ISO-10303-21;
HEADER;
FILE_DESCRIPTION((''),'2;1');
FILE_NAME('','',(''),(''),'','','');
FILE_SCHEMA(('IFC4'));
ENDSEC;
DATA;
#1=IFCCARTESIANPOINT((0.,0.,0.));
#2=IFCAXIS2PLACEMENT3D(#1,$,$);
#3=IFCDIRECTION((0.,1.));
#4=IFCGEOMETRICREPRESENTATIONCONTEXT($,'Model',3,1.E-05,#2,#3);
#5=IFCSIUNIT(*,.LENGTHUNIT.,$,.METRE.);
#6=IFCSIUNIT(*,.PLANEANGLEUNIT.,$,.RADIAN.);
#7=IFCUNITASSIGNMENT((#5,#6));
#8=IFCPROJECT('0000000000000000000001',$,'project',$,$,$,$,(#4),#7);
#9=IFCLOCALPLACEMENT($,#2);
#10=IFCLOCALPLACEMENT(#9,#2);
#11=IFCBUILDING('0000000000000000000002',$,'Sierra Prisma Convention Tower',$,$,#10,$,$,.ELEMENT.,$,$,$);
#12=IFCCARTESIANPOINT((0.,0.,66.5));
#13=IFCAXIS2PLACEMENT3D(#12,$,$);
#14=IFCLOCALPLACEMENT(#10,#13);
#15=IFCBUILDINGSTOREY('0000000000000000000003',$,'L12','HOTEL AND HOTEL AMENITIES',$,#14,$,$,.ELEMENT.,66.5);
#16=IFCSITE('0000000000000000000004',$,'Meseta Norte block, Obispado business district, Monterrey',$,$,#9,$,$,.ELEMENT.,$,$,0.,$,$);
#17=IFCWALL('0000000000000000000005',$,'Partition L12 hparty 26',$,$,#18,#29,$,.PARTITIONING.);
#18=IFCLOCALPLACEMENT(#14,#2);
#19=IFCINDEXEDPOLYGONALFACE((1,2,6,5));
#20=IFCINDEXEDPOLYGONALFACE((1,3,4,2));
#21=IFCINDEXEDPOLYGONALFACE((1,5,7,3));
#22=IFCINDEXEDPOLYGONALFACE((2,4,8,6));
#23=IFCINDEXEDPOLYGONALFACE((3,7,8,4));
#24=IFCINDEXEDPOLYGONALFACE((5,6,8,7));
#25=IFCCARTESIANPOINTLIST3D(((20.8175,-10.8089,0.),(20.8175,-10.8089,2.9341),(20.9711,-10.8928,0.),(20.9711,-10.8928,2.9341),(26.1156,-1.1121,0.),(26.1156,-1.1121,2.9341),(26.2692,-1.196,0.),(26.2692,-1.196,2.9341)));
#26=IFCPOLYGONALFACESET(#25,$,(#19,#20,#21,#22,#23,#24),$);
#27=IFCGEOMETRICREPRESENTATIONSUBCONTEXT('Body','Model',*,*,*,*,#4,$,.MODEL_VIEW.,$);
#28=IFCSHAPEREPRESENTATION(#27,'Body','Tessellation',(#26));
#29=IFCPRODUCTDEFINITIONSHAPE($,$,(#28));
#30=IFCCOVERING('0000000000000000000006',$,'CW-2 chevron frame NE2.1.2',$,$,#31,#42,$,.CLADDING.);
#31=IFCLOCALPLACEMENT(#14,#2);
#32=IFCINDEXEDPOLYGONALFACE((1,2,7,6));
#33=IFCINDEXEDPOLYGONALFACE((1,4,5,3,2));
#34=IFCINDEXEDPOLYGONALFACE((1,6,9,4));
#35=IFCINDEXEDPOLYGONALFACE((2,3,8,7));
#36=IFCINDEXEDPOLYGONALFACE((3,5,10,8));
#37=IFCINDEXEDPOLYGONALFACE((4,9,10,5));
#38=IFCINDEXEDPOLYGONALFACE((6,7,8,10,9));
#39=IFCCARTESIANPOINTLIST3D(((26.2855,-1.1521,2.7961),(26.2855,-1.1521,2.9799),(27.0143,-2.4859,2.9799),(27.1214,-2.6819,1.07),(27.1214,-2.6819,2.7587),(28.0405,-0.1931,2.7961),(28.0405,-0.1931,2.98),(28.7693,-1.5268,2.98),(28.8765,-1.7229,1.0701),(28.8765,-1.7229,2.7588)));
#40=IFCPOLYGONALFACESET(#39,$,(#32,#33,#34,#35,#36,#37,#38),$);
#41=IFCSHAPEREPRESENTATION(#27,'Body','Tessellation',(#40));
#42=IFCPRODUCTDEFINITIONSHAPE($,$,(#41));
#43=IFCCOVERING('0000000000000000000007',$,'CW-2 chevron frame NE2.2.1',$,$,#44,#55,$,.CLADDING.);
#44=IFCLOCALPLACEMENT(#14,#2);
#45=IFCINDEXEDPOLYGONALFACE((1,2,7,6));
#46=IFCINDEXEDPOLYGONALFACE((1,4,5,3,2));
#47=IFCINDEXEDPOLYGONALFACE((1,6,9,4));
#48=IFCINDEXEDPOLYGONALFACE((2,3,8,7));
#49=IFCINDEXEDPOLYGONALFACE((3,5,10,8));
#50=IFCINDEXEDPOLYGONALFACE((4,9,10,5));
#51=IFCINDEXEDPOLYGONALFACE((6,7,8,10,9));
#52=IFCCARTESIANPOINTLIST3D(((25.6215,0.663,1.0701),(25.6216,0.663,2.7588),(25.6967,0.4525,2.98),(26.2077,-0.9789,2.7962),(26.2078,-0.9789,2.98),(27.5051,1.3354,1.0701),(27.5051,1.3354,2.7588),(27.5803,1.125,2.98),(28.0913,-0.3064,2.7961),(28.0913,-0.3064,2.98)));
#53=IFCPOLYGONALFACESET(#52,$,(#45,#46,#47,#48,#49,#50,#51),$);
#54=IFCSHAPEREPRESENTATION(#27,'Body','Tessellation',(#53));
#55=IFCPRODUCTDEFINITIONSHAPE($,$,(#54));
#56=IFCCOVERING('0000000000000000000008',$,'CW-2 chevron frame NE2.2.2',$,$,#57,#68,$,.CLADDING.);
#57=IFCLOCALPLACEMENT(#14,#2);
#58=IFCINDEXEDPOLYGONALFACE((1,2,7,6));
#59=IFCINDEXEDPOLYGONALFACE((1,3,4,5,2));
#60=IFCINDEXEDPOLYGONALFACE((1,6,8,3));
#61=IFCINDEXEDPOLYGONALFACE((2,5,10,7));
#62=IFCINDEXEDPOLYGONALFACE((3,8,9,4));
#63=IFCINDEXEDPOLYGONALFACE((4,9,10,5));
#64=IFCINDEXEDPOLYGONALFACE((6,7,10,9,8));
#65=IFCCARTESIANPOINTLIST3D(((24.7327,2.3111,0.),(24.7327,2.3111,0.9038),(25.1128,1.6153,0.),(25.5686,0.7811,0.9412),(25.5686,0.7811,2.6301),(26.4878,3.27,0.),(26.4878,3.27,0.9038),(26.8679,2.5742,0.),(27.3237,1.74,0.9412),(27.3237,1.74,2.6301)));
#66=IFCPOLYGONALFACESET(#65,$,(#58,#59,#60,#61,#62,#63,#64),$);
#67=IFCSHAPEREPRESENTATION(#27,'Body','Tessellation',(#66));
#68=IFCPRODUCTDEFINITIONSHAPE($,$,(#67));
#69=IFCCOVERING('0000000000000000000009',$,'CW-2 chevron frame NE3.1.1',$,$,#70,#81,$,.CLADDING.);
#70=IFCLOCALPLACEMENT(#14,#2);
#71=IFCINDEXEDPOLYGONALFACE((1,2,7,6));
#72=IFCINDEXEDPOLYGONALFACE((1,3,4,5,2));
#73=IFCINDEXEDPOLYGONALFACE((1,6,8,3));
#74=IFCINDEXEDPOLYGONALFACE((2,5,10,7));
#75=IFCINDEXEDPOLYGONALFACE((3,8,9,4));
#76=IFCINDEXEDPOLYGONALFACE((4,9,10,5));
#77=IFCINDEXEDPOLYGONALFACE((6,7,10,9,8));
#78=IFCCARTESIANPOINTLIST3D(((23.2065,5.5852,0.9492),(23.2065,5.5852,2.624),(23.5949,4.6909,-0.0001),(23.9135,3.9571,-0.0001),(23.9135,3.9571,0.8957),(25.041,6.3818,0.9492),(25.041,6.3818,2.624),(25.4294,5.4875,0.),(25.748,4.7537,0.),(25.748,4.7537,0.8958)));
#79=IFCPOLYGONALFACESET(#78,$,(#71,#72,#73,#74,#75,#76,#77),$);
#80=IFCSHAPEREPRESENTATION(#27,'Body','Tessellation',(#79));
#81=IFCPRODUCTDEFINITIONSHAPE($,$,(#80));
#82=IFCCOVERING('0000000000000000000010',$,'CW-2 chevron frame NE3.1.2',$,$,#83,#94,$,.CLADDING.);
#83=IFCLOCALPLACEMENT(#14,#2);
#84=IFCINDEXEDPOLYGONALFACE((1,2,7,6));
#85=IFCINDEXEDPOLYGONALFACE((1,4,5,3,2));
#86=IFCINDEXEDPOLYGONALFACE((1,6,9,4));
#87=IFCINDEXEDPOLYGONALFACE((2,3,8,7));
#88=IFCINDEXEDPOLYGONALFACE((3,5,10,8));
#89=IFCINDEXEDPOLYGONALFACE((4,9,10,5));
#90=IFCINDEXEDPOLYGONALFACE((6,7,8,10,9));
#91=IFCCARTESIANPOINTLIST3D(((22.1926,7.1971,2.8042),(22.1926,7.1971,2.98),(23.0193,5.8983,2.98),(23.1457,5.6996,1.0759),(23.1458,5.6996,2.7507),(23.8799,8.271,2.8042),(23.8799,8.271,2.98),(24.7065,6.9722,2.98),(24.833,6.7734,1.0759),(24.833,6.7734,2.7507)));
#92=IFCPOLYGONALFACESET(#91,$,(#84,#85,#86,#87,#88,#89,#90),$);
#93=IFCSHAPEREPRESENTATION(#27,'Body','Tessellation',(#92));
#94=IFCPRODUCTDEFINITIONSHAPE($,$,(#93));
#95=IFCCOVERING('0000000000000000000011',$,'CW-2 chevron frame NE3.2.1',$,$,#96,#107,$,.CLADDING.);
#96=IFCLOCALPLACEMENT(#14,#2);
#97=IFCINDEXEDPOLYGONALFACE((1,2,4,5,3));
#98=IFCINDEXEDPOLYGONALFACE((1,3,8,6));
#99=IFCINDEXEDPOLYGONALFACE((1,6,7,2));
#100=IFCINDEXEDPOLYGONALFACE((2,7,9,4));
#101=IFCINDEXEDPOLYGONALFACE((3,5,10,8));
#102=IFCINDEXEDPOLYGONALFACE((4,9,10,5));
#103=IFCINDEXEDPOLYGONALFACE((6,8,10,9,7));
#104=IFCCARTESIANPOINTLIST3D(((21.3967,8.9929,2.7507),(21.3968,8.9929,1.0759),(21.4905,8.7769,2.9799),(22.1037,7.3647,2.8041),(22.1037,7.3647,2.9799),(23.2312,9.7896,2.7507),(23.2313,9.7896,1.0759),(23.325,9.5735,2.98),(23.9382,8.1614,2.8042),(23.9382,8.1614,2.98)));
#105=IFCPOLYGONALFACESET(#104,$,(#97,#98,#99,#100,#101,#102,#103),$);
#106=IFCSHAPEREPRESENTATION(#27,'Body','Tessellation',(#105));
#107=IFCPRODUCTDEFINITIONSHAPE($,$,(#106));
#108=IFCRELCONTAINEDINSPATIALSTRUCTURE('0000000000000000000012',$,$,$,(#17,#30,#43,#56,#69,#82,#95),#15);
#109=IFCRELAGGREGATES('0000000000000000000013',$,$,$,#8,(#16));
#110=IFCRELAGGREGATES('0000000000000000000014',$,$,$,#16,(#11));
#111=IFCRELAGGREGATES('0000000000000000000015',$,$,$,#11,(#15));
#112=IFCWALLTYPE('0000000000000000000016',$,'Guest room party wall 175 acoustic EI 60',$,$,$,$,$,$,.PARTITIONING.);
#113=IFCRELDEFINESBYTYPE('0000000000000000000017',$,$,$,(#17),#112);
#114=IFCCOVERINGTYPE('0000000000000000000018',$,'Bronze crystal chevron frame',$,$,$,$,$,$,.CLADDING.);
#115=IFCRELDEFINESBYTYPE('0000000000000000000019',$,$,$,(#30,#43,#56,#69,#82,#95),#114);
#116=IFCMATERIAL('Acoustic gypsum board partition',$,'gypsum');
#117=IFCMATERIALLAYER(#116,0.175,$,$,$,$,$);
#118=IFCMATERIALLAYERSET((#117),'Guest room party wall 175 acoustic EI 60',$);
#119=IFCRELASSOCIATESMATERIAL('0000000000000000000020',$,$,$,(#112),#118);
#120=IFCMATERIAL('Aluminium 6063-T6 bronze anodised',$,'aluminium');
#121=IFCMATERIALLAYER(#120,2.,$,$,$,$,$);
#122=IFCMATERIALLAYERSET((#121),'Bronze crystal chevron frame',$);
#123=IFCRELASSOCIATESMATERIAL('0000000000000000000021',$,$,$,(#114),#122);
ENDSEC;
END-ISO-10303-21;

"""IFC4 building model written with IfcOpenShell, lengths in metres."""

from ifc_helpers import new_model, si_unit, direction, frame, frame_2d, origin, place, context, subcontext, project, spatial, polyline, rectangle, outline, extrude, material, layer, layer_set, type_object, element, save


model = new_model("IFC4")

# Units and contexts
model_context = context("Model", 3, precision=1e-05, world=origin(), true_north=direction((0.0, 1.0)))
body_context = subcontext(model_context, "Body", "Model", "MODEL_VIEW")
ifc_project = project(units=[si_unit("LENGTHUNIT", "METRE"), si_unit("PLANEANGLEUNIT", "RADIAN")], contexts=[model_context])

# Site, building, storey
site_placement = place(None, origin())
site = spatial("IfcSite", under=ifc_project, at=site_placement, Name="Meseta Norte block, Obispado business district, Monterrey", CompositionType="ELEMENT", RefElevation=0.0)
building_placement = place(site_placement, origin())
building = spatial("IfcBuilding", under=site, at=building_placement, Name="Sierra Prisma Convention Tower", CompositionType="ELEMENT")
storey_placement = place(building_placement, frame((0.0, 0.0, 66.5)))
storey = spatial("IfcBuildingStorey", under=building, at=storey_placement, Name="L12", Description="HOTEL AND HOTEL AMENITIES", CompositionType="ELEMENT", Elevation=66.5)

# Wall
ifc_material_1 = material(Name="Acoustic gypsum board partition", Category="gypsum")
ifc_layer_1 = layer(ifc_material_1, 0.175)
ifc_layer_set_1 = layer_set([ifc_layer_1], Name="Guest room party wall 175 acoustic EI 60")
wall_type = type_object("IfcWallType", Name="Guest room party wall 175 acoustic EI 60", PredefinedType="PARTITIONING", material=ifc_layer_set_1)
wall_placement = place(storey_placement, frame((26.1924, -1.1541, 0.0), z_axis=(0.0, 0.0, 1.0), x_axis=(-0.479476, -0.877555, 0.0)))
element("IfcWall", 1, at=wall_placement, inside=storey, type_object=wall_type, Name="Partition L12 hparty 26", PredefinedType="PARTITIONING", context=body_context, shape_type="SweptSolid", body=[
    extrude(rectangle(XDim=11.0498, YDim=0.175, at=frame_2d((5.5249, 0.0))), origin(), (0.0, 0.0, 1.0), 2.9341),
])

# Coverings
ifc_material_2 = material(Name="Aluminium 6063-T6 bronze anodised", Category="aluminium")
ifc_layer_2 = layer(ifc_material_2, 2.0)
ifc_layer_set_2 = layer_set([ifc_layer_2], Name="Bronze crystal chevron frame")
covering_type = type_object("IfcCoveringType", Name="Bronze crystal chevron frame", PredefinedType="CLADDING", material=ifc_layer_set_2)
covering_1_placement = place(storey_placement, frame((28.8765, -1.7229, 2.7588), z_axis=(0.877533, 0.479517, 0.000022), x_axis=(0.000019, 0.00001, -1.0)))
element("IfcCovering", 2, at=covering_1_placement, inside=storey, type_object=covering_type, Name="CW-2 chevron frame NE2.1.2", PredefinedType="CLADDING", context=body_context, shape_type="SweptSolid", body=[
    extrude(outline(polyline([(0.0, 0.0), (1.6887, 0.0), (-0.0374, 1.7433), (-0.2212, 1.7433), (-0.2212, 0.2234), (0.0, 0.0)])), origin(), (0.0, 0.0, -1.0), 2.0),
])
covering_2_placement = place(storey_placement, frame((28.0913, -0.3064, 2.98), z_axis=(0.941778, 0.336236, -0.000027), x_axis=(-0.000026, -0.000009, -1.0)))
element("IfcCovering", 3, at=covering_2_placement, inside=storey, type_object=covering_type, Name="CW-2 chevron frame NE2.2.1", PredefinedType="CLADDING", context=body_context, shape_type="SweptSolid", body=[
    extrude(outline(polyline([(0.0, 0.0), (0.1838, 0.0), (1.9099, 1.7433), (0.2212, 1.7433), (0.0, 1.5199), (0.0, 0.0)])), origin(), (0.0, 0.0, -1.0), 2.0),
])
covering_3_placement = place(storey_placement, frame((26.4878, 3.27, 0.0), z_axis=(0.877566, 0.479457, -0.000008), x_axis=(0.000007, 0.000004, 1.0)))
element("IfcCovering", 4, at=covering_3_placement, inside=storey, type_object=covering_type, Name="CW-2 chevron frame NE2.2.2", PredefinedType="CLADDING", context=body_context, shape_type="SweptSolid", body=[
    extrude(outline(polyline([(0.0, 0.0), (0.9038, 0.0), (2.6301, 1.7435), (0.9412, 1.7435), (0.0, 0.7929), (0.0, 0.0)])), origin(), (0.0, 0.0, -1.0), 2.0),
])
covering_4_placement = place(storey_placement, frame((25.748, 4.7537, 0.0), z_axis=(0.917255, 0.398301, 0.000026), x_axis=(-0.398301, 0.917255, 0.0)))
element("IfcCovering", 5, at=covering_4_placement, inside=storey, type_object=covering_type, Name="CW-2 chevron frame NE3.1.1", PredefinedType="CLADDING", context=body_context, shape_type="SweptSolid", body=[
    extrude(outline(polyline([(0.0, 0.0), (0.8001, 0.0), (1.7751, 0.9492), (1.7751, 2.624), (0.0, 0.8958), (0.0, 0.0)])), origin(), (0.0, 0.0, -1.0), 2.0),
])
covering_5_placement = place(storey_placement, frame((24.833, 6.7734, 2.7507), z_axis=(0.843627, 0.53693, -0.000007), x_axis=(-0.000006, -0.000004, -1.0)))
element("IfcCovering", 6, at=covering_5_placement, inside=storey, type_object=covering_type, Name="CW-2 chevron frame NE3.1.2", PredefinedType="CLADDING", context=body_context, shape_type="SweptSolid", body=[
    extrude(outline(polyline([(0.0, 0.0), (1.6748, 0.0), (-0.0535, 1.7751), (-0.2292, 1.7751), (-0.2292, 0.2356), (0.0, 0.0)])), origin(), (0.0, 0.0, -1.0), 2.0),
])
covering_6_placement = place(storey_placement, frame((23.9382, 8.1614, 2.98), z_axis=(0.917248, 0.398318, 0.000034), x_axis=(0.000031, 0.000013, -1.0)))
element("IfcCovering", 7, at=covering_6_placement, inside=storey, type_object=covering_type, Name="CW-2 chevron frame NE3.2.1", PredefinedType="CLADDING", context=body_context, shape_type="SweptSolid", body=[
    extrude(outline(polyline([(0.0, 0.0), (0.1758, 0.0), (1.9041, 1.7751), (0.2292, 1.7751), (0.0, 1.5395), (0.0, 0.0)])), origin(), (0.0, 0.0, -1.0), 2.0),
])

save(model, "model.ifc")
